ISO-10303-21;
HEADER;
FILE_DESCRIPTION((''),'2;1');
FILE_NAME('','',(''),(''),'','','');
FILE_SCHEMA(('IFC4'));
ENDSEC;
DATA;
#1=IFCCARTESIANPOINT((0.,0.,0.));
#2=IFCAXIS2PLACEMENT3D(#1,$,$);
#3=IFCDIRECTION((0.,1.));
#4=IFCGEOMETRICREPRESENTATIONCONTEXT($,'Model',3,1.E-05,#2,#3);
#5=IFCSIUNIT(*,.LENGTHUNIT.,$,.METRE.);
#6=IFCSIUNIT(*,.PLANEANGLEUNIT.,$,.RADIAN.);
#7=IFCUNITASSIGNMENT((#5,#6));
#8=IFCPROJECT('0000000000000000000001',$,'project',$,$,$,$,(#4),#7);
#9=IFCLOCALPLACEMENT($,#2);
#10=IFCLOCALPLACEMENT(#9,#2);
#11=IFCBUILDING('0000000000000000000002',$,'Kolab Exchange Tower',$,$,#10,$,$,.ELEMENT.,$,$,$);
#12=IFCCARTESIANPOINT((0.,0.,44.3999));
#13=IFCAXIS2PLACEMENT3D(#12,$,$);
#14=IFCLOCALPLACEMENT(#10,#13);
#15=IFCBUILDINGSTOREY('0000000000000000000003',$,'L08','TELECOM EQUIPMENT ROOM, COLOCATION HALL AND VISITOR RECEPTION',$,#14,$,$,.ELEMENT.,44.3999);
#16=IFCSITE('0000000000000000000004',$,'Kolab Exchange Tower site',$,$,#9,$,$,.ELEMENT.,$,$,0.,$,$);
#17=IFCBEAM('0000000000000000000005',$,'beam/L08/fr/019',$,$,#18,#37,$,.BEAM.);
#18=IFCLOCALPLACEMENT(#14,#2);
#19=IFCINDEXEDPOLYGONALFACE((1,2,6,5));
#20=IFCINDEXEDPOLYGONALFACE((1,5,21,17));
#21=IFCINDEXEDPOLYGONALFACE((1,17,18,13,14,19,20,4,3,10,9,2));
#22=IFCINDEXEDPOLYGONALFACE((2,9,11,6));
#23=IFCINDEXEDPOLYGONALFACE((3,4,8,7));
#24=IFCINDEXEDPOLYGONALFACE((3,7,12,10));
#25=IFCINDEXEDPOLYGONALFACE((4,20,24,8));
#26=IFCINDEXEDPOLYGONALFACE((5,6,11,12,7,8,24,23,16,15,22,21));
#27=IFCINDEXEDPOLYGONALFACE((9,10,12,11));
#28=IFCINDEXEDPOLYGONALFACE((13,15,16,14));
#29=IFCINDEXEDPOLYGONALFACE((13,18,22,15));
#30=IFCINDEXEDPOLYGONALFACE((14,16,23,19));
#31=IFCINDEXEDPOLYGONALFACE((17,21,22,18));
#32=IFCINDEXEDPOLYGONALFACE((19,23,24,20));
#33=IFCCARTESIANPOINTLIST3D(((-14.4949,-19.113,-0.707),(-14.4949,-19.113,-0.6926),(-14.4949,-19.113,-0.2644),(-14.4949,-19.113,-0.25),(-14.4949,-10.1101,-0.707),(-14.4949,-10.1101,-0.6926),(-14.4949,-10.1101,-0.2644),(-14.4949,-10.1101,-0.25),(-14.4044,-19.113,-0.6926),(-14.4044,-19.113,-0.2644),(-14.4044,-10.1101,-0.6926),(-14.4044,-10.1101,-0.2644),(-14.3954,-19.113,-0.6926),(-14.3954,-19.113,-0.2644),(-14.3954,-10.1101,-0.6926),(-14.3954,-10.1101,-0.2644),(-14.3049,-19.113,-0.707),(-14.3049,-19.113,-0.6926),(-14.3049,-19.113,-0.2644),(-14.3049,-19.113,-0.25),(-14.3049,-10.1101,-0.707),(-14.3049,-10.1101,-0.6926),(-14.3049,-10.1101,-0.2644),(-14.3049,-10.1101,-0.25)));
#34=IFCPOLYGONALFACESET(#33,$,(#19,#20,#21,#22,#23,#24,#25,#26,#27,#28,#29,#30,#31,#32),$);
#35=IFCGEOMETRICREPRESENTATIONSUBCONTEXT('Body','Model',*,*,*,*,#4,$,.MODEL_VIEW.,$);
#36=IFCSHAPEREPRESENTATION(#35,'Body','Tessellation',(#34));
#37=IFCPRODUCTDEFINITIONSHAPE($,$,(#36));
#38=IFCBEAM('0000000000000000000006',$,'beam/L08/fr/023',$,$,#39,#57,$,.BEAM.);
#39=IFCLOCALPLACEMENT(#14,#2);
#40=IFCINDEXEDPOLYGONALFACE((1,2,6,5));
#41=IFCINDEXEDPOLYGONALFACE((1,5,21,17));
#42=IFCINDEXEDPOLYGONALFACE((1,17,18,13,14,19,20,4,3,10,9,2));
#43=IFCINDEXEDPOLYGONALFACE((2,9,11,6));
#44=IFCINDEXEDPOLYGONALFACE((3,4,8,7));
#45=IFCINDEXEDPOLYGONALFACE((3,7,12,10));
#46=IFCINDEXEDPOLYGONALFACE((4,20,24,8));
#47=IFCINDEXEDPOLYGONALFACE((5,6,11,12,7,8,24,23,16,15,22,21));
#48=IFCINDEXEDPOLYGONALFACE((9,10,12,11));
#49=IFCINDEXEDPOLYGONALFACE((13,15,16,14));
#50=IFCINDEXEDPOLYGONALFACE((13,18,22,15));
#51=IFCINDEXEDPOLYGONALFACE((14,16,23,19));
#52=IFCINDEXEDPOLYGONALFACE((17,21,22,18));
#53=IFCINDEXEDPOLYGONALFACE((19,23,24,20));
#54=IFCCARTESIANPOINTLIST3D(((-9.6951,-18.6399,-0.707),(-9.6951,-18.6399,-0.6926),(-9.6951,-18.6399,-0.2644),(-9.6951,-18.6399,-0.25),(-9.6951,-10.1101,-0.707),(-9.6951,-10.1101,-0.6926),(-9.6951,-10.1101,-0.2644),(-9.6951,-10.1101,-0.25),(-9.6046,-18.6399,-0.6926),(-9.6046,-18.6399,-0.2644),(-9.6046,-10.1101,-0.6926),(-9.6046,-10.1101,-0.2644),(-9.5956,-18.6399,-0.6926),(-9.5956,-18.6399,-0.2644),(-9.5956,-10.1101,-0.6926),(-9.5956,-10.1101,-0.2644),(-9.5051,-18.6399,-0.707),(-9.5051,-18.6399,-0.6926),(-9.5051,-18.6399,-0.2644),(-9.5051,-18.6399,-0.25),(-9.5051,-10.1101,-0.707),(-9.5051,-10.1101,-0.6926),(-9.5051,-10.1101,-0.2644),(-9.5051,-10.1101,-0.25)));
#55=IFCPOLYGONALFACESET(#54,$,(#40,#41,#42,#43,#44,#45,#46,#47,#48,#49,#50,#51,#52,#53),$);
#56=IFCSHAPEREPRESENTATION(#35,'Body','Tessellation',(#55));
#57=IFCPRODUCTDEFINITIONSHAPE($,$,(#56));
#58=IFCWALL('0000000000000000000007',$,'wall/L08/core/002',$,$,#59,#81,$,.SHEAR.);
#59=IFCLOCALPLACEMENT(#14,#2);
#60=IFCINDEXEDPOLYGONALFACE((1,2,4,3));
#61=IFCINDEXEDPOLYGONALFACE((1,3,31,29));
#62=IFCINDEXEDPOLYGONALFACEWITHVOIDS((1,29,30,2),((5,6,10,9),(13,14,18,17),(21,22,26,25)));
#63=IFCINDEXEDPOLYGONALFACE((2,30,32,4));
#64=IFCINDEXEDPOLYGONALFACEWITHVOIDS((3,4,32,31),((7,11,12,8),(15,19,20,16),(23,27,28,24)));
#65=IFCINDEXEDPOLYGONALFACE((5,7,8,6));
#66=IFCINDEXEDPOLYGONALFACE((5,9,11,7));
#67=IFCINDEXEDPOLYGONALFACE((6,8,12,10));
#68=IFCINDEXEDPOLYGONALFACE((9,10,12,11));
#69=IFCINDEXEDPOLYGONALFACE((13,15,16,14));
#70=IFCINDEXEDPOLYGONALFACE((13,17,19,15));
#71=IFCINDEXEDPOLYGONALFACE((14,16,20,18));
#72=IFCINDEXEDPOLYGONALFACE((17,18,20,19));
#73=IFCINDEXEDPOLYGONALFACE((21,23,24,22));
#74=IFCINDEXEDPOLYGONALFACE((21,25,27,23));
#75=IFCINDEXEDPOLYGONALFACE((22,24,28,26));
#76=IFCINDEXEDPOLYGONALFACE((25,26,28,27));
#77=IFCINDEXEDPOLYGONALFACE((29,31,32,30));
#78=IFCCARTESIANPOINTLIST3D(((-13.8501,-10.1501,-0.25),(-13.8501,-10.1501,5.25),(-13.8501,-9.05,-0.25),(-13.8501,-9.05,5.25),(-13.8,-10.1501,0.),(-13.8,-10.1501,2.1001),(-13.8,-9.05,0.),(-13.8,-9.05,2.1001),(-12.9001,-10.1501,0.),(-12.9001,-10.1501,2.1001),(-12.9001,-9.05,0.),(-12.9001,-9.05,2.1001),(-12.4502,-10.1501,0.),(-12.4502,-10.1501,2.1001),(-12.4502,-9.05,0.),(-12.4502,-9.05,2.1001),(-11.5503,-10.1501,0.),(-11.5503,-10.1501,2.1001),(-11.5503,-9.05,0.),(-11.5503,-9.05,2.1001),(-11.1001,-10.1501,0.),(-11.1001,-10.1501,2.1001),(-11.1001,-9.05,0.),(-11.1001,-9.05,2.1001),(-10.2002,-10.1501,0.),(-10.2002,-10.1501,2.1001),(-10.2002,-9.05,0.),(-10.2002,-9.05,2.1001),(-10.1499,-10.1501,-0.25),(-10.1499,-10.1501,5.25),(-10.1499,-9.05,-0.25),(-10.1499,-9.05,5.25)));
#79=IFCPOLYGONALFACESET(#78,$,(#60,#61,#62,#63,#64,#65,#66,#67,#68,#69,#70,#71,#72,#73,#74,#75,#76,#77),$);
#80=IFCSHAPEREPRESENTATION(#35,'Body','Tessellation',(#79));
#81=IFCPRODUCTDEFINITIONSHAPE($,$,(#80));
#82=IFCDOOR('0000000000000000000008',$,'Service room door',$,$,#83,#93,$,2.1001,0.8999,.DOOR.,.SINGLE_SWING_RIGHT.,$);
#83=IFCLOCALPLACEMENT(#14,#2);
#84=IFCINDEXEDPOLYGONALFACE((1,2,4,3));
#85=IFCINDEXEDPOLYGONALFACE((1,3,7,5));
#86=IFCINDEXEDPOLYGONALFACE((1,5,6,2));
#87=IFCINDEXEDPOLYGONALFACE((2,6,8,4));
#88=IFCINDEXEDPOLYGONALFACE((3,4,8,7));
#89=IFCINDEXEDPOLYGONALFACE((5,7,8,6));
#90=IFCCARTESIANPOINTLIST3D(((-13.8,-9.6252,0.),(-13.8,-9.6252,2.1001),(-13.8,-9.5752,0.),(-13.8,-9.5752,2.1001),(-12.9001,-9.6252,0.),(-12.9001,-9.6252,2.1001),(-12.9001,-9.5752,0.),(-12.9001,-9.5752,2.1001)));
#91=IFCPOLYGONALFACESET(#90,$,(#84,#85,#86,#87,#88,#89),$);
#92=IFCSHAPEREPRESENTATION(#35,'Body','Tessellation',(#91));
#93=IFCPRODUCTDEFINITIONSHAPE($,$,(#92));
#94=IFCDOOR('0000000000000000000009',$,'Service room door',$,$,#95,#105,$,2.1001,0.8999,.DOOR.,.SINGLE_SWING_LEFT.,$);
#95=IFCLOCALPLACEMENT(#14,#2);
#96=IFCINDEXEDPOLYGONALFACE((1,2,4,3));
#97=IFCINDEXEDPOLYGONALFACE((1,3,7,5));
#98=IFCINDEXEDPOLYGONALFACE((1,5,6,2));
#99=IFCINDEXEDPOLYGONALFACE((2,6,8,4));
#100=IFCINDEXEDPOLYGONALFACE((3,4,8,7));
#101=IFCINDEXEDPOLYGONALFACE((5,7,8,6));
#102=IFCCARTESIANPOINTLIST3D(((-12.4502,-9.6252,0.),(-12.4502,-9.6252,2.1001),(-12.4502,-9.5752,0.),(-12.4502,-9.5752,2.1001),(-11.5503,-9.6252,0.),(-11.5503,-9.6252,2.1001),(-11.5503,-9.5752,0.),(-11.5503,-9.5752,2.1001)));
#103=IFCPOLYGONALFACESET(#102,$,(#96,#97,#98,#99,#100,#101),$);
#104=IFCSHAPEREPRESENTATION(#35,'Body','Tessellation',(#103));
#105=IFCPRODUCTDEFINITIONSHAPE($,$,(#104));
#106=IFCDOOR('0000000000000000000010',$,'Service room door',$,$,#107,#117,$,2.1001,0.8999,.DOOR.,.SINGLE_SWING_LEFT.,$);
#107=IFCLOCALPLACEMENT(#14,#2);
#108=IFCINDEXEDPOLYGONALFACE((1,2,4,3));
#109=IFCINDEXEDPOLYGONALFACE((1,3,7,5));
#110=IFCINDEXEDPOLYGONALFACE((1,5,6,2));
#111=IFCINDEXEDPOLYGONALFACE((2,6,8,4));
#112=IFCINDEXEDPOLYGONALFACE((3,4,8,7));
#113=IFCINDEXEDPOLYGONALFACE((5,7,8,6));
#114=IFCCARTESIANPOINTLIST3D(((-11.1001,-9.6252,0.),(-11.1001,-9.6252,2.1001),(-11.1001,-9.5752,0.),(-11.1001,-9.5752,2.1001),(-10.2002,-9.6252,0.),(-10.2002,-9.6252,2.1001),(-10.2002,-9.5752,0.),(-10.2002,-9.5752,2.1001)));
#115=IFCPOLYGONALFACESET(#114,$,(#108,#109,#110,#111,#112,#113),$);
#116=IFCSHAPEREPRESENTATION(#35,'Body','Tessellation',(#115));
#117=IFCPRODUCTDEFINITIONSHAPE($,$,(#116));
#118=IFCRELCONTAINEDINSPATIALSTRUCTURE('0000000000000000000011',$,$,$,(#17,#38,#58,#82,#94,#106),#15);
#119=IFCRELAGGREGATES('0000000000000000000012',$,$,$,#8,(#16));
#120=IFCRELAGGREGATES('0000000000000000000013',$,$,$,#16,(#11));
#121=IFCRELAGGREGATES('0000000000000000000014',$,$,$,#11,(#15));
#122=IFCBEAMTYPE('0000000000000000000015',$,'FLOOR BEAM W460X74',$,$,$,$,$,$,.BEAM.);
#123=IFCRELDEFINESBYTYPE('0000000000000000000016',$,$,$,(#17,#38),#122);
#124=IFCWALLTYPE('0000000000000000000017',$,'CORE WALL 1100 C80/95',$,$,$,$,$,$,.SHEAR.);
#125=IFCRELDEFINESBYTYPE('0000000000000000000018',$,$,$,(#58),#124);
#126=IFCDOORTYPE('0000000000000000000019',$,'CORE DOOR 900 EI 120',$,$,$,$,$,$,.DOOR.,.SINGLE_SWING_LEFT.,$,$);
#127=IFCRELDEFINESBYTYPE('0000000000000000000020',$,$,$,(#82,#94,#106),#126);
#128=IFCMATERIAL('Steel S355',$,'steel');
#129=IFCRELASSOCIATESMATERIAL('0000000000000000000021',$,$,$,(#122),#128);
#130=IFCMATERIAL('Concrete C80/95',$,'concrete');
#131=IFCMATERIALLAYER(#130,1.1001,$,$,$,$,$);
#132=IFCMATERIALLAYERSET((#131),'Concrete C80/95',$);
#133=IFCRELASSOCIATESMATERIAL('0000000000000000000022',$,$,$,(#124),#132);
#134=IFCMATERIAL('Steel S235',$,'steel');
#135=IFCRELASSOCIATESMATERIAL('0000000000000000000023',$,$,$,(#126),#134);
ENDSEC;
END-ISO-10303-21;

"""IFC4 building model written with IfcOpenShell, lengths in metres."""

from ifc_helpers import new_model, si_unit, direction, frame, frame_2d, origin, origin_2d, place, context, subcontext, project, spatial, rectangle, i_section, extrude, material, layer, layer_set, material_profile, profile_set, type_object, element, fill, save


model = new_model("IFC4")

# Units and contexts
model_context = context("Model", 3, precision=1e-05, world=origin(), true_north=direction((0.0, 1.0)))
body_context = subcontext(model_context, "Body", "Model", "MODEL_VIEW")
ifc_project = project(units=[si_unit("LENGTHUNIT", "METRE"), si_unit("PLANEANGLEUNIT", "RADIAN")], contexts=[model_context])

# Site, building, storey
site_placement = place(None, origin())
site = spatial("IfcSite", under=ifc_project, at=site_placement, Name="Kolab Exchange Tower site", CompositionType="ELEMENT", RefElevation=0.0)
building_placement = place(site_placement, origin())
building = spatial("IfcBuilding", under=site, at=building_placement, Name="Kolab Exchange Tower", CompositionType="ELEMENT")
storey_placement = place(building_placement, frame((0.0, 0.0, 44.3999)))
storey = spatial("IfcBuildingStorey", under=building, at=storey_placement, Name="L08", Description="TELECOM EQUIPMENT ROOM, COLOCATION HALL AND VISITOR RECEPTION", CompositionType="ELEMENT", Elevation=44.3999)

# Beams
ifc_material_1 = material(Name="Steel S355", Category="steel")
ifc_material_profile = material_profile(ifc_material_1, i_section(OverallWidth=0.1899, OverallDepth=0.457, WebThickness=0.009, FlangeThickness=0.0144, at=origin_2d()), Name="W460X74")
ifc_profile_set = profile_set([ifc_material_profile], Name="Steel S355")
beam_type = type_object("IfcBeamType", Name="FLOOR BEAM W460X74", PredefinedType="BEAM", material=ifc_profile_set)
beam_1_placement = place(storey_placement, frame((-14.3999, -19.113, -0.4785), z_axis=(0.0, 1.0, 0.0), x_axis=(-1.0, 0.0, 0.0)))
element("IfcBeam", 1, at=beam_1_placement, inside=storey, type_object=beam_type, Name="beam/L08/fr/019", PredefinedType="BEAM", context=body_context, shape_type="SweptSolid", body=[
    extrude(i_section(OverallWidth=0.1899, OverallDepth=0.457, WebThickness=0.009, FlangeThickness=0.0144, at=origin_2d()), origin(), (0.0, 0.0, 1.0), 9.0029),
])
beam_2_placement = place(storey_placement, frame((-9.6001, -18.6399, -0.4785), z_axis=(0.0, 1.0, 0.0), x_axis=(-1.0, 0.0, 0.0)))
element("IfcBeam", 2, at=beam_2_placement, inside=storey, type_object=beam_type, Name="beam/L08/fr/023", PredefinedType="BEAM", context=body_context, shape_type="SweptSolid", body=[
    extrude(i_section(OverallWidth=0.1899, OverallDepth=0.457, WebThickness=0.009, FlangeThickness=0.0144, at=origin_2d()), origin(), (0.0, 0.0, 1.0), 8.5298),
])

# Wall, openings, doors
ifc_material_2 = material(Name="Concrete C80/95", Category="concrete")
ifc_layer_1 = layer(ifc_material_2, 1.1001)
ifc_layer_set_1 = layer_set([ifc_layer_1], Name="Concrete C80/95")
wall_type_1 = type_object("IfcWallType", Name="CORE WALL 1100 C80/95", PredefinedType="SHEAR", material=ifc_layer_set_1)
wall_1_placement = place(storey_placement, frame((-13.8501, -9.6001, -0.25), z_axis=(0.0, 0.0, 1.0), x_axis=(1.0, 0.0, 0.0)))
wall_1 = element("IfcWall", 3, at=wall_1_placement, inside=storey, type_object=wall_type_1, Name="wall/L08/core/002", PredefinedType="SHEAR", context=body_context, shape_type="SweptSolid", body=[
    extrude(rectangle(XDim=3.7002, YDim=1.1001, at=frame_2d((1.8501, 0.0))), origin(), (0.0, 0.0, 1.0), 5.5),
])
opening_1_placement = place(wall_1_placement, frame((0.05, 0.0, 0.25)))
opening_1 = element("IfcOpeningElement", 4, at=opening_1_placement, cuts=wall_1, PredefinedType="OPENING", context=body_context, shape_type="SweptSolid", body=[
    extrude(rectangle(XDim=0.8999, YDim=2.1001, at=frame_2d((0.45, 1.05))), frame((0.0, 0.5601, 0.0), z_axis=(0.0, -1.0, 0.0), x_axis=(1.0, 0.0, 0.0)), (0.0, 0.0, 1.0), 1.1201),
])
opening_2_placement = place(wall_1_placement, frame((1.3999, 0.0, 0.25)))
opening_2 = element("IfcOpeningElement", 5, at=opening_2_placement, cuts=wall_1, PredefinedType="OPENING", context=body_context, shape_type="SweptSolid", body=[
    extrude(rectangle(XDim=0.8999, YDim=2.1001, at=frame_2d((0.45, 1.05))), frame((0.0, 0.5601, 0.0), z_axis=(0.0, -1.0, 0.0), x_axis=(1.0, 0.0, 0.0)), (0.0, 0.0, 1.0), 1.1201),
])
opening_3_placement = place(wall_1_placement, frame((2.75, 0.0, 0.25)))
opening_3 = element("IfcOpeningElement", 6, at=opening_3_placement, cuts=wall_1, PredefinedType="OPENING", context=body_context, shape_type="SweptSolid", body=[
    extrude(rectangle(XDim=0.8999, YDim=2.1001, at=frame_2d((0.45, 1.05))), frame((0.0, 0.5601, 0.0), z_axis=(0.0, -1.0, 0.0), x_axis=(1.0, 0.0, 0.0)), (0.0, 0.0, 1.0), 1.1201),
])
ifc_material_3 = material(Name="Steel S235", Category="steel")
door_type_1 = type_object("IfcDoorType", Name="CORE DOOR 900 EI 120", OperationType="SINGLE_SWING_LEFT", PredefinedType="DOOR", material=ifc_material_3)
door_1_placement = place(opening_1_placement, origin())
door_1 = element("IfcDoor", 7, at=door_1_placement, inside=storey, type_object=door_type_1, Name="Service room door", OperationType="SINGLE_SWING_RIGHT", OverallHeight=2.1001, OverallWidth=0.8999, PredefinedType="DOOR", context=body_context, shape_type="SweptSolid", body=[
    extrude(rectangle(XDim=0.8999, YDim=2.1001, at=frame_2d((0.45, 1.05))), frame((0.0, 0.0249, 0.0), z_axis=(0.0, -1.0, 0.0), x_axis=(1.0, 0.0, 0.0)), (0.0, 0.0, 1.0), 0.05),
])
fill(opening_1, door_1)
door_2_placement = place(opening_2_placement, origin())
door_2 = element("IfcDoor", 8, at=door_2_placement, inside=storey, type_object=door_type_1, Name="Service room door", OperationType="SINGLE_SWING_LEFT", OverallHeight=2.1001, OverallWidth=0.8999, PredefinedType="DOOR", context=body_context, shape_type="SweptSolid", body=[
    extrude(rectangle(XDim=0.8999, YDim=2.1001, at=frame_2d((0.45, 1.05))), frame((0.0, 0.0249, 0.0), z_axis=(0.0, -1.0, 0.0), x_axis=(1.0, 0.0, 0.0)), (0.0, 0.0, 1.0), 0.05),
])
fill(opening_2, door_2)
door_3_placement = place(opening_3_placement, origin())
door_3 = element("IfcDoor", 9, at=door_3_placement, inside=storey, type_object=door_type_1, Name="Service room door", OperationType="SINGLE_SWING_LEFT", OverallHeight=2.1001, OverallWidth=0.8999, PredefinedType="DOOR", context=body_context, shape_type="SweptSolid", body=[
    extrude(rectangle(XDim=0.8999, YDim=2.1001, at=frame_2d((0.45, 1.05))), frame((0.0, 0.0249, 0.0), z_axis=(0.0, -1.0, 0.0), x_axis=(1.0, 0.0, 0.0)), (0.0, 0.0, 1.0), 0.05),
])
fill(opening_3, door_3)

save(model, "model.ifc")
